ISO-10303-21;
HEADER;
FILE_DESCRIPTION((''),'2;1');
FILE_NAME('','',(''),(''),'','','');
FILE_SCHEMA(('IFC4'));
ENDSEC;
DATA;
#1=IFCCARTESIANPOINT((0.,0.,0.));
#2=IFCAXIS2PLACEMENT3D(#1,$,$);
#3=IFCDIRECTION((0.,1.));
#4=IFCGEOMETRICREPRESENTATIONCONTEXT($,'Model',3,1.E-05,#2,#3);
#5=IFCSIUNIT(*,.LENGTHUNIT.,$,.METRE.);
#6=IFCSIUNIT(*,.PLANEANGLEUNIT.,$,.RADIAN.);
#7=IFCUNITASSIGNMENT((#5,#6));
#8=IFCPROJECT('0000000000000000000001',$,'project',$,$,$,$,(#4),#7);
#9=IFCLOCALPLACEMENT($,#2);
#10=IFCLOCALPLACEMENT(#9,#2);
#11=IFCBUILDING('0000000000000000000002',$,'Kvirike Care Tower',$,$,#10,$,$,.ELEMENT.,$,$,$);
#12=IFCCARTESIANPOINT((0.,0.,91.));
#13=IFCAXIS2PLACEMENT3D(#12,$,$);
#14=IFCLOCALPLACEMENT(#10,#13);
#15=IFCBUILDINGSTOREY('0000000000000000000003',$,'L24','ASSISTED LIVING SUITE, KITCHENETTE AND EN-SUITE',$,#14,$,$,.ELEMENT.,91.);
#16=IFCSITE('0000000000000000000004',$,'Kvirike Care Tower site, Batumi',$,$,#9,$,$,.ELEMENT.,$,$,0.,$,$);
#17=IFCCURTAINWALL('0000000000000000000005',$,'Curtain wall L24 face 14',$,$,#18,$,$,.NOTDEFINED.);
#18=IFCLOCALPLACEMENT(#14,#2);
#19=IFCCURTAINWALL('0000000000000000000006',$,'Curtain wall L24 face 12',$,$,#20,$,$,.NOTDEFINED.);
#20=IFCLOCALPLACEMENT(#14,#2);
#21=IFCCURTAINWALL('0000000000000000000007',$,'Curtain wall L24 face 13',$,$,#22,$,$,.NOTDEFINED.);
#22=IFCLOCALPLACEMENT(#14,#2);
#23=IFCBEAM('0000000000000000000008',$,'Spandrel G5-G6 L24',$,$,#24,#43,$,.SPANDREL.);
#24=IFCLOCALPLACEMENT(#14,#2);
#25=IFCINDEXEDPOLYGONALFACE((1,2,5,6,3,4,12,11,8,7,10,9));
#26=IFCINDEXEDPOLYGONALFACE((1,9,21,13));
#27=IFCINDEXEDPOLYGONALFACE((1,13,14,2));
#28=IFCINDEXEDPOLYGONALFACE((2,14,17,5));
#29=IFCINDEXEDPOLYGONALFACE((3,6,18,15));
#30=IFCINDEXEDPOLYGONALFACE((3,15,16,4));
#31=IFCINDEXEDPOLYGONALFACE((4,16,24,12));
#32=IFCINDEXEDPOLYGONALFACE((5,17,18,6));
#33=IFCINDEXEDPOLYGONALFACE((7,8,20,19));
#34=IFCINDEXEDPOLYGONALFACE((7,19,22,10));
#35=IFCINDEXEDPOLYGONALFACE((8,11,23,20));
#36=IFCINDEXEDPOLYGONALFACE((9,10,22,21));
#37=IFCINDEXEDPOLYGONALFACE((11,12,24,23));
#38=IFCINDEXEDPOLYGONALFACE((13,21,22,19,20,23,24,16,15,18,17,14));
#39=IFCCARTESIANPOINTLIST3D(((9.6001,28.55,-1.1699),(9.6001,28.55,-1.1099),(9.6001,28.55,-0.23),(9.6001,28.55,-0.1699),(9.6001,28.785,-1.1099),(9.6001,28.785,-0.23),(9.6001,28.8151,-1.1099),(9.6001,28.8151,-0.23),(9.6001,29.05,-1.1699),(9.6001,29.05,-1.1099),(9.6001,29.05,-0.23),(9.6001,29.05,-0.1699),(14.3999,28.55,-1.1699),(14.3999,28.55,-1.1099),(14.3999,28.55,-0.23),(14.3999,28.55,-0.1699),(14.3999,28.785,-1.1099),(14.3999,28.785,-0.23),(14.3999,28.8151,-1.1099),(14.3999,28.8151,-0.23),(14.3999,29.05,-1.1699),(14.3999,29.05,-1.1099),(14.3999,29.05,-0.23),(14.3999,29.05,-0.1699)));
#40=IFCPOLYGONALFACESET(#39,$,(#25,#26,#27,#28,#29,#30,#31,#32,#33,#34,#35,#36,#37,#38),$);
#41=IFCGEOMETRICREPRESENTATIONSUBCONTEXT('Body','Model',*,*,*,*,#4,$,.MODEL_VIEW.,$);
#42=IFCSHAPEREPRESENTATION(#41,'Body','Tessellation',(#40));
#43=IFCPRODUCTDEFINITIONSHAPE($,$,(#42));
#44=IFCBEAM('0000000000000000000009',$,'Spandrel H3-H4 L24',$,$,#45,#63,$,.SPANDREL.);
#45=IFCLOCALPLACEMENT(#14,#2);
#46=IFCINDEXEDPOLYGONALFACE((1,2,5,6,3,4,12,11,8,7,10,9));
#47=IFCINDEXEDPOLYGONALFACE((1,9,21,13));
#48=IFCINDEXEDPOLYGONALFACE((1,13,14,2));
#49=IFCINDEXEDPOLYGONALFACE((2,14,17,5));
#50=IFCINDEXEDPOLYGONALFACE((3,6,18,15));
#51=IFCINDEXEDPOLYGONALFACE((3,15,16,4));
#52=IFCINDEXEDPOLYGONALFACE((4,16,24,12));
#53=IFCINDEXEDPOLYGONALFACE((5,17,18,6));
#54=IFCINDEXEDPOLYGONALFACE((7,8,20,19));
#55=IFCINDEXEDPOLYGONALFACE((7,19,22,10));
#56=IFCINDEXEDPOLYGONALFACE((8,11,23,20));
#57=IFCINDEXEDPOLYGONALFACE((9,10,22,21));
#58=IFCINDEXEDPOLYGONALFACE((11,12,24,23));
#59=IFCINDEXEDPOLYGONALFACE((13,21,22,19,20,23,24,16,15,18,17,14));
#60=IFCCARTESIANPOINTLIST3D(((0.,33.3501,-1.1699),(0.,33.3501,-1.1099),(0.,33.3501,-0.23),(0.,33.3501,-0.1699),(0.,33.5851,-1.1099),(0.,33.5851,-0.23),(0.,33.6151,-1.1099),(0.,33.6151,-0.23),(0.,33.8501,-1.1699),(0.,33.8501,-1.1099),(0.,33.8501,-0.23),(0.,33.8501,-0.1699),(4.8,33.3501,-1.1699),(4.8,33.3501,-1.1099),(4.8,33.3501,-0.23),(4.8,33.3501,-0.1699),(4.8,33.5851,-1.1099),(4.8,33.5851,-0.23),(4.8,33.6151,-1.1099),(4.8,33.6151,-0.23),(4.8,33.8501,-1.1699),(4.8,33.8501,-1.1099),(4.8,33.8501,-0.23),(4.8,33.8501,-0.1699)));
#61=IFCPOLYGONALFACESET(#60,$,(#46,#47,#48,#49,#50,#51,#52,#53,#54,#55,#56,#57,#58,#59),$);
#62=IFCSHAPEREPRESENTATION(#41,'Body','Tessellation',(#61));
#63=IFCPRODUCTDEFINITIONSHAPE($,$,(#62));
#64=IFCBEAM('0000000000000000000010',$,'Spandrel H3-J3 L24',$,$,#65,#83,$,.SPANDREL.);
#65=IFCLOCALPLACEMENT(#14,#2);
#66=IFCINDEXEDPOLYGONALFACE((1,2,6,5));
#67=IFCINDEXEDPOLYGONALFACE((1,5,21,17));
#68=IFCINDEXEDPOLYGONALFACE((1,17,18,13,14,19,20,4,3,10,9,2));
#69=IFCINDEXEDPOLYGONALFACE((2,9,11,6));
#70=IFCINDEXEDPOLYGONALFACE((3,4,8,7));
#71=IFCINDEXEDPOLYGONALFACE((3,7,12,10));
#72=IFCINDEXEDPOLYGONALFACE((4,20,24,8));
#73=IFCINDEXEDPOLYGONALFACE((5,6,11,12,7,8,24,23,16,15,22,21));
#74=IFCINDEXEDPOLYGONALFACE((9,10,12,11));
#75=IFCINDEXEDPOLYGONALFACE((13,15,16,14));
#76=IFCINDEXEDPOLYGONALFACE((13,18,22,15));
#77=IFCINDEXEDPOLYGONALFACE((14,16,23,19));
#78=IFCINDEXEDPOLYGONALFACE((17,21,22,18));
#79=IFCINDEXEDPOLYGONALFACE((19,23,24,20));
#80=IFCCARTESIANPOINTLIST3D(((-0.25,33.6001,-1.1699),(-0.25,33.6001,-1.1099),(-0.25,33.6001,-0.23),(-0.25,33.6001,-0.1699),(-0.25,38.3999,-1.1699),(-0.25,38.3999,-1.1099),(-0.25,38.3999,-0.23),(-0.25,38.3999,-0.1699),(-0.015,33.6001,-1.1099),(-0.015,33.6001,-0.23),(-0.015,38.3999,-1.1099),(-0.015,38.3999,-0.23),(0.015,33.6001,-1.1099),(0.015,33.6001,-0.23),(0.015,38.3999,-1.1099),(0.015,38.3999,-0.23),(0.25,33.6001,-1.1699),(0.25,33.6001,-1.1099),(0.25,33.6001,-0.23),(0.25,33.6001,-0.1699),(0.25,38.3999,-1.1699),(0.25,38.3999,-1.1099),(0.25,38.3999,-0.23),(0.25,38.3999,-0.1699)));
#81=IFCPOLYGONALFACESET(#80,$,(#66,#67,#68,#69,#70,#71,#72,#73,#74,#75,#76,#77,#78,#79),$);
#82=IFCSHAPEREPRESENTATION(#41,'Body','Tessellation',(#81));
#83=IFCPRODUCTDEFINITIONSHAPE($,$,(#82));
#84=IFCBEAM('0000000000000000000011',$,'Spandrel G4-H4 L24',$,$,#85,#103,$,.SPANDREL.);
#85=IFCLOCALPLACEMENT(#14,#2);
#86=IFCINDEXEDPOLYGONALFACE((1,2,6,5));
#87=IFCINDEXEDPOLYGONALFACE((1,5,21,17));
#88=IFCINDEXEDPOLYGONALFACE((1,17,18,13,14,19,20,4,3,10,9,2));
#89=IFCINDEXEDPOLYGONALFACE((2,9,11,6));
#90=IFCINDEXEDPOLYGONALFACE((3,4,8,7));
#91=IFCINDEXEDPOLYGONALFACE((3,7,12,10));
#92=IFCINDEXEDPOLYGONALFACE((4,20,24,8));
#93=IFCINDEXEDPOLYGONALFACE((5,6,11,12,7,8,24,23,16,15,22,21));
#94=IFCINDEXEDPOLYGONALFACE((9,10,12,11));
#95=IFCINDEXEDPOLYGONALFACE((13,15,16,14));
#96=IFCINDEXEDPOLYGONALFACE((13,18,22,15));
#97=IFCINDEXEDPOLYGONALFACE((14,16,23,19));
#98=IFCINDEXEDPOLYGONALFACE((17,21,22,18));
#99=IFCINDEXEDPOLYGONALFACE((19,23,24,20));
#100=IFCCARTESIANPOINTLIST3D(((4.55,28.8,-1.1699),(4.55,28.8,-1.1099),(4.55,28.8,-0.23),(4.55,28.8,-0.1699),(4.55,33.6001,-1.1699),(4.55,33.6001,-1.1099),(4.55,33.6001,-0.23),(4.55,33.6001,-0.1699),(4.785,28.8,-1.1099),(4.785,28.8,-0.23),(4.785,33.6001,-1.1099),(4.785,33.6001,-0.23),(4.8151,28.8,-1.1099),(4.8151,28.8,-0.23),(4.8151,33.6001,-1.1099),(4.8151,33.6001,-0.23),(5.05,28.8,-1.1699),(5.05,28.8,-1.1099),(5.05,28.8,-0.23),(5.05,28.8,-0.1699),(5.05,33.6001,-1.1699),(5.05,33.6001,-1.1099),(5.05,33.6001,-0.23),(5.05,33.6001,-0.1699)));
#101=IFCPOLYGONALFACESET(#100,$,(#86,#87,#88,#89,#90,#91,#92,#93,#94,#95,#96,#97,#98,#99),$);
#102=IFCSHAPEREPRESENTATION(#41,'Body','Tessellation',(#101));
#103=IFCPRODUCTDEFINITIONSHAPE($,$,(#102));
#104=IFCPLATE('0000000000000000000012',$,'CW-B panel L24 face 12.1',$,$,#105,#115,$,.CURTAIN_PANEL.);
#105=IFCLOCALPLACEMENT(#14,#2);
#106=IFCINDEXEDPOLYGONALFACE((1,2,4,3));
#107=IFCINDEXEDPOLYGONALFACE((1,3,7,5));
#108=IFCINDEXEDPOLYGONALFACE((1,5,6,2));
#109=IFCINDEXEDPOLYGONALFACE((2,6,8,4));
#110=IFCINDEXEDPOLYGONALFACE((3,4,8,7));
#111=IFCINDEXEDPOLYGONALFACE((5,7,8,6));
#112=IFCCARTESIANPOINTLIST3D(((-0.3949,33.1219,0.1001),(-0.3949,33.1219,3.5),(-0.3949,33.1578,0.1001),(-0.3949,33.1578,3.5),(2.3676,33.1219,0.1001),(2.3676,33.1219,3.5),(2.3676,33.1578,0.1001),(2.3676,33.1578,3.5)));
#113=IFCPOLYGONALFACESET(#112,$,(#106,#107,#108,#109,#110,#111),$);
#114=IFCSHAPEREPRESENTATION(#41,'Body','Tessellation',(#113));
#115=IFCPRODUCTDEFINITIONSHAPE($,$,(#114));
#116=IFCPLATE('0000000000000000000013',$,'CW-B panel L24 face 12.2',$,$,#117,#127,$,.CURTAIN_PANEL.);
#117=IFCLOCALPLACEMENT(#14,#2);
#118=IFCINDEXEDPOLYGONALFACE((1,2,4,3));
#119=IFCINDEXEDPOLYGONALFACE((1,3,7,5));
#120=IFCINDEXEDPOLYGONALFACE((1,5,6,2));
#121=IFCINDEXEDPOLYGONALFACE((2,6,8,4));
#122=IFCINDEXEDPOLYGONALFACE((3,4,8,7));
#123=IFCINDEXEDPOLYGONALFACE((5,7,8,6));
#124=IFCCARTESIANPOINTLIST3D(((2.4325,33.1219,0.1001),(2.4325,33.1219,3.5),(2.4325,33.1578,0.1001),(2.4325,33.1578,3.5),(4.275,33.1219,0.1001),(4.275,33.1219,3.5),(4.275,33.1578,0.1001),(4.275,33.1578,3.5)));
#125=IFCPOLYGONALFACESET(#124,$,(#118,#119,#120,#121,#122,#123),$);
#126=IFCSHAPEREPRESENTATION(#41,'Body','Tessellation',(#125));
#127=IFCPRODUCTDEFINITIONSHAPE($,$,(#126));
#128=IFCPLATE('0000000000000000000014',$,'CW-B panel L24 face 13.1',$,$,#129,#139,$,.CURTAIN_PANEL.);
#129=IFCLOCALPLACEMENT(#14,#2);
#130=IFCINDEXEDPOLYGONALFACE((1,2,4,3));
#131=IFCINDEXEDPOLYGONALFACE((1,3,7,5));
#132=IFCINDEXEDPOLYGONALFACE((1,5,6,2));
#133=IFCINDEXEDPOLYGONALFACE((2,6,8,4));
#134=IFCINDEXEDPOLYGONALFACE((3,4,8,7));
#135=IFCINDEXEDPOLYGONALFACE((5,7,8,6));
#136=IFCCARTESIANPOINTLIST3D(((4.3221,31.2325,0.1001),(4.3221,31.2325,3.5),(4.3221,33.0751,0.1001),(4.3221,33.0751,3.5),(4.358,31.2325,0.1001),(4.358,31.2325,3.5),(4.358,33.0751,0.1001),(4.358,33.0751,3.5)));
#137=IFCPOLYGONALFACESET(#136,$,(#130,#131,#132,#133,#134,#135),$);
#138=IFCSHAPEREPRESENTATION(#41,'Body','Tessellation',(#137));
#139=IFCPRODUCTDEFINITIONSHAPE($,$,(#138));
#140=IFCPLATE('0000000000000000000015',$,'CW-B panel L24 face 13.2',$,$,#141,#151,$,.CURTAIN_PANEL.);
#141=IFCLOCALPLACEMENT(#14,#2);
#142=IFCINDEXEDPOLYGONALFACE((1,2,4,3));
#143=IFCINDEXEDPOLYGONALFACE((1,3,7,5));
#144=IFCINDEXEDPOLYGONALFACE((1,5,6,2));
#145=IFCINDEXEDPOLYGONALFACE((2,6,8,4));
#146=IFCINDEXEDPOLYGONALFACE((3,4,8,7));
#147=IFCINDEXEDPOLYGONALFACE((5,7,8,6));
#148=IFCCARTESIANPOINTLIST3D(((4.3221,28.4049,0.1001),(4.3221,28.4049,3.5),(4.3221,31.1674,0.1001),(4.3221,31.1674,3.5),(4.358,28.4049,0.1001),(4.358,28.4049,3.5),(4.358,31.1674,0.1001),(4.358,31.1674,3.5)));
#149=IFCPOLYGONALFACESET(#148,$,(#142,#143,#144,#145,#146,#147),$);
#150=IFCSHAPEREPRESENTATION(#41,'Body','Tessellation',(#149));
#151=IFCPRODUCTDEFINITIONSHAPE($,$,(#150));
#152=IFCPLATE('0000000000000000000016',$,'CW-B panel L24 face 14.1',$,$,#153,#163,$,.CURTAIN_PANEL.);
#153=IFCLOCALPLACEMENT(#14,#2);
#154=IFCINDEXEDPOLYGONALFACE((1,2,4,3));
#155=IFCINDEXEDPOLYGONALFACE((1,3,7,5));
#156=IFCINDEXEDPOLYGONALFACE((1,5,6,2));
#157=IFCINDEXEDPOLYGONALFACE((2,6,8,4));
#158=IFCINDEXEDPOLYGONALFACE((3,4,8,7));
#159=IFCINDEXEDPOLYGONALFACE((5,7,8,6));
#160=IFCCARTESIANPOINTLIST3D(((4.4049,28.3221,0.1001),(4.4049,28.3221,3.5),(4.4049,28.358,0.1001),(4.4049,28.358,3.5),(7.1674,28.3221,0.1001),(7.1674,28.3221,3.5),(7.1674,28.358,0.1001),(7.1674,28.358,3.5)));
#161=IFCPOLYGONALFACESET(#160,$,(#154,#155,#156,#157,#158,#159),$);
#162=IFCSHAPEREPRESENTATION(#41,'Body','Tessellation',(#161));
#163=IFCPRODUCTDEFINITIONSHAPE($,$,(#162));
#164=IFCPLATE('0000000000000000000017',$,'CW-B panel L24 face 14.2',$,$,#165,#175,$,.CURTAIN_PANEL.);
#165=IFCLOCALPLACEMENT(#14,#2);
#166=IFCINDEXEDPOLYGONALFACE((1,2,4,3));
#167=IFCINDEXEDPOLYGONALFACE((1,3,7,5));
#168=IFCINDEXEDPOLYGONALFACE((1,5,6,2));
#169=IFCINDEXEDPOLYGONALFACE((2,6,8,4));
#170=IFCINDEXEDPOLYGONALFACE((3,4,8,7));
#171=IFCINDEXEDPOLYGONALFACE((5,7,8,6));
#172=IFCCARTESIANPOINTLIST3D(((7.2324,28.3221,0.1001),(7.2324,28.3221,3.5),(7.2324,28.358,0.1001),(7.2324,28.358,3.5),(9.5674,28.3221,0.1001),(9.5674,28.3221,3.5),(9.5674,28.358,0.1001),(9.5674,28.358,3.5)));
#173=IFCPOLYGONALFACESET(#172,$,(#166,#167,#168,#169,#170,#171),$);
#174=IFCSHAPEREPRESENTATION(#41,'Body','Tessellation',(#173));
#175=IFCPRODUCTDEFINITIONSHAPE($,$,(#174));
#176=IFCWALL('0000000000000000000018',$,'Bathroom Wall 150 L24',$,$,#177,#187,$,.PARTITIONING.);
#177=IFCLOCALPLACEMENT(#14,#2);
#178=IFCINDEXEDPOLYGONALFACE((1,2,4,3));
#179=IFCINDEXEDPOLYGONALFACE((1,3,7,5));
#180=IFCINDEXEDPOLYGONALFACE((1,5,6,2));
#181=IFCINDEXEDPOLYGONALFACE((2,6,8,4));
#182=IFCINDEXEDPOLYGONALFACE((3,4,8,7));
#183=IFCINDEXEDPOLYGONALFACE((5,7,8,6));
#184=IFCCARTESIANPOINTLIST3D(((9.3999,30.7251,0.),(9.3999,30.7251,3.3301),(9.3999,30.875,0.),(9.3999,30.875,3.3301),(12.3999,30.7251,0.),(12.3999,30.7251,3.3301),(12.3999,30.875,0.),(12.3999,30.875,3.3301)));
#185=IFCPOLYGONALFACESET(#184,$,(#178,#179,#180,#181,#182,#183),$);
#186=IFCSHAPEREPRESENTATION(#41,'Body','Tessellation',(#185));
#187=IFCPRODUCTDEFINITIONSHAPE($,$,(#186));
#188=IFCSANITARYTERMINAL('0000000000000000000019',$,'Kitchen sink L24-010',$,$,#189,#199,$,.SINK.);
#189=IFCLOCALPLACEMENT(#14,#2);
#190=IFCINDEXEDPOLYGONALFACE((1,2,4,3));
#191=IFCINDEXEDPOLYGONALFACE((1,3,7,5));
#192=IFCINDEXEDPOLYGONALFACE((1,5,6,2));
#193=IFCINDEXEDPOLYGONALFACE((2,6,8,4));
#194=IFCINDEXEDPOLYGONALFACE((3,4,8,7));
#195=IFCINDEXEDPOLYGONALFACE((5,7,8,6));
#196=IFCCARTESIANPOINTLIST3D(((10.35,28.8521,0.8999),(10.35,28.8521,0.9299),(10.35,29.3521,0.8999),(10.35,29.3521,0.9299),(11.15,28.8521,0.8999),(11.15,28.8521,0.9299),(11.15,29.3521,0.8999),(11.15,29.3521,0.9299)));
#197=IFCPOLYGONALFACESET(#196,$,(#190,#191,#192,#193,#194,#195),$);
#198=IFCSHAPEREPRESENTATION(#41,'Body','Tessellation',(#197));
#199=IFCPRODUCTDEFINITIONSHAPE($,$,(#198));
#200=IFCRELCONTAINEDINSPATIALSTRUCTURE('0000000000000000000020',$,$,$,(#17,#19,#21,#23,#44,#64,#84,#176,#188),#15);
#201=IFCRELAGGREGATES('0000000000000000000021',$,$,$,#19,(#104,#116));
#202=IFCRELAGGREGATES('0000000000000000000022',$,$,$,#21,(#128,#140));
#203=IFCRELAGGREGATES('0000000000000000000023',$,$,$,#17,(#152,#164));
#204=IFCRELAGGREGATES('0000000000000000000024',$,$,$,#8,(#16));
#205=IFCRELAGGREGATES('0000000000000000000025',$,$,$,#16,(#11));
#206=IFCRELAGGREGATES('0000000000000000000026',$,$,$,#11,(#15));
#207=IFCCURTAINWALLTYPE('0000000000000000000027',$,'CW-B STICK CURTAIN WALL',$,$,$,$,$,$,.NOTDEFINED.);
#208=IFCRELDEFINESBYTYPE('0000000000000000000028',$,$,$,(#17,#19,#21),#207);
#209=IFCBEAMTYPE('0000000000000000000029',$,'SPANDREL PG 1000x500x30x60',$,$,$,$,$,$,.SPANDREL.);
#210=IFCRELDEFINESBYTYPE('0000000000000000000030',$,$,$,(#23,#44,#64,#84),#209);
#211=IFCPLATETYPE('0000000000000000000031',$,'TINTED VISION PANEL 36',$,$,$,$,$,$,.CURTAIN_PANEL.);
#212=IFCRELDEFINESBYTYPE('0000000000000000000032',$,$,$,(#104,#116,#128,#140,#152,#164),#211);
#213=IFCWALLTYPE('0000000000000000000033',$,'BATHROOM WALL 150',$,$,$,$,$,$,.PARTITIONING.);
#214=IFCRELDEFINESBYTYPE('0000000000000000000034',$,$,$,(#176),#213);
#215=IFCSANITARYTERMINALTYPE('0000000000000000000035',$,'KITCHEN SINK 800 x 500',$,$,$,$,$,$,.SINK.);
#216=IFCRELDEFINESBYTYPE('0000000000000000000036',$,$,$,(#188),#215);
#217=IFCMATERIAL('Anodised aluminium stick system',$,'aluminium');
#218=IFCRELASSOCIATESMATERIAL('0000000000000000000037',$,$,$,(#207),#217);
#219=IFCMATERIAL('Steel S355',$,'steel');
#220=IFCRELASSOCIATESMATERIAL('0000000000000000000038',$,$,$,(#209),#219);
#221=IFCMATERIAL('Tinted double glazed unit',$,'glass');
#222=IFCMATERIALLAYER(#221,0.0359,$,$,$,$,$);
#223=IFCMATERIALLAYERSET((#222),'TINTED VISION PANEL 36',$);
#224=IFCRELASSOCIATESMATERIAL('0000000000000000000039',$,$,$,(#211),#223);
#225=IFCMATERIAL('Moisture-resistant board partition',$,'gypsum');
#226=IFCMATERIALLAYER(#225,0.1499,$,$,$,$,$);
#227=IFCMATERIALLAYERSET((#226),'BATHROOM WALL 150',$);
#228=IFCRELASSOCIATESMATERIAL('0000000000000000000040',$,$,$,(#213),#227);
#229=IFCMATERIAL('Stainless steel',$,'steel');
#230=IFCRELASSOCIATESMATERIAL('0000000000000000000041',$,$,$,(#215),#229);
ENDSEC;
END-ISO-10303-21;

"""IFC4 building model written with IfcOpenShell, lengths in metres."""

from ifc_helpers import new_model, si_unit, direction, frame, frame_2d, origin, origin_2d, place, context, subcontext, project, spatial, rectangle, i_section, extrude, material, layer, layer_set, material_profile, profile_set, type_object, element, aggregate, save


model = new_model("IFC4")

# Units and contexts
model_context = context("Model", 3, precision=1e-05, world=origin(), true_north=direction((0.0, 1.0)))
body_context = subcontext(model_context, "Body", "Model", "MODEL_VIEW")
ifc_project = project(units=[si_unit("LENGTHUNIT", "METRE"), si_unit("PLANEANGLEUNIT", "RADIAN")], contexts=[model_context])

# Site, building, storey
site_placement = place(None, origin())
site = spatial("IfcSite", under=ifc_project, at=site_placement, Name="Kvirike Care Tower site, Batumi", CompositionType="ELEMENT", RefElevation=0.0)
building_placement = place(site_placement, origin())
building = spatial("IfcBuilding", under=site, at=building_placement, Name="Kvirike Care Tower", CompositionType="ELEMENT")
storey_placement = place(building_placement, frame((0.0, 0.0, 91.0)))
storey = spatial("IfcBuildingStorey", under=building, at=storey_placement, Name="L24", Description="ASSISTED LIVING SUITE, KITCHENETTE AND EN-SUITE", CompositionType="ELEMENT", Elevation=91.0)

# Curtain wall
ifc_material_1 = material(Name="Anodised aluminium stick system", Category="aluminium")
curtain_wall_type = type_object("IfcCurtainWallType", Name="CW-B STICK CURTAIN WALL", PredefinedType="NOTDEFINED", material=ifc_material_1)
curtain_wall_1_placement = place(storey_placement, origin())
curtain_wall_1 = element("IfcCurtainWall", 1, at=curtain_wall_1_placement, inside=storey, type_object=curtain_wall_type, Name="Curtain wall L24 face 14", PredefinedType="NOTDEFINED")

# Curtain walls
curtain_wall_2_placement = place(storey_placement, origin())
curtain_wall_2 = element("IfcCurtainWall", 2, at=curtain_wall_2_placement, inside=storey, type_object=curtain_wall_type, Name="Curtain wall L24 face 12", PredefinedType="NOTDEFINED")
curtain_wall_3_placement = place(storey_placement, origin())
curtain_wall_3 = element("IfcCurtainWall", 3, at=curtain_wall_3_placement, inside=storey, type_object=curtain_wall_type, Name="Curtain wall L24 face 13", PredefinedType="NOTDEFINED")

# Beams
ifc_material_2 = material(Name="Steel S355", Category="steel")
ifc_material_profile_1 = material_profile(ifc_material_2, i_section(OverallWidth=0.5, OverallDepth=1.0, WebThickness=0.03, FlangeThickness=0.0601, at=origin_2d()), Name="PG 1000x500x30x60")
ifc_profile_set_1 = profile_set([ifc_material_profile_1], Name="Steel S355")
beam_type_1 = type_object("IfcBeamType", Name="SPANDREL PG 1000x500x30x60", PredefinedType="SPANDREL", material=ifc_profile_set_1)
beam_1_placement = place(storey_placement, frame((9.6001, 28.8, -0.6699), z_axis=(1.0, 0.0, 0.0), x_axis=(0.0, 1.0, 0.0)))
element("IfcBeam", 4, at=beam_1_placement, inside=storey, type_object=beam_type_1, Name="Spandrel G5-G6 L24", PredefinedType="SPANDREL", context=body_context, shape_type="SweptSolid", body=[
    extrude(i_section(OverallWidth=0.5, OverallDepth=1.0, WebThickness=0.03, FlangeThickness=0.0601, at=origin_2d()), origin(), (0.0, 0.0, 1.0), 4.7998),
])
beam_2_placement = place(storey_placement, frame((0.0, 33.6001, -0.6699), z_axis=(1.0, 0.0, 0.0), x_axis=(0.0, 1.0, 0.0)))
element("IfcBeam", 5, at=beam_2_placement, inside=storey, type_object=beam_type_1, Name="Spandrel H3-H4 L24", PredefinedType="SPANDREL", context=body_context, shape_type="SweptSolid", body=[
    extrude(i_section(OverallWidth=0.5, OverallDepth=1.0, WebThickness=0.03, FlangeThickness=0.0601, at=origin_2d()), origin(), (0.0, 0.0, 1.0), 4.8),
])
beam_3_placement = place(storey_placement, frame((0.0, 33.6001, -0.6699), z_axis=(0.0, 1.0, 0.0), x_axis=(-1.0, 0.0, 0.0)))
element("IfcBeam", 6, at=beam_3_placement, inside=storey, type_object=beam_type_1, Name="Spandrel H3-J3 L24", PredefinedType="SPANDREL", context=body_context, shape_type="SweptSolid", body=[
    extrude(i_section(OverallWidth=0.5, OverallDepth=1.0, WebThickness=0.03, FlangeThickness=0.0601, at=origin_2d()), origin(), (0.0, 0.0, 1.0), 4.7998),
])
beam_4_placement = place(storey_placement, frame((4.8, 28.8, -0.6699), z_axis=(0.0, 1.0, 0.0), x_axis=(-1.0, 0.0, 0.0)))
element("IfcBeam", 7, at=beam_4_placement, inside=storey, type_object=beam_type_1, Name="Spandrel G4-H4 L24", PredefinedType="SPANDREL", context=body_context, shape_type="SweptSolid", body=[
    extrude(i_section(OverallWidth=0.5, OverallDepth=1.0, WebThickness=0.03, FlangeThickness=0.0601, at=origin_2d()), origin(), (0.0, 0.0, 1.0), 4.8),
])

# Plates
ifc_material_3 = material(Name="Tinted double glazed unit", Category="glass")
ifc_layer_1 = layer(ifc_material_3, 0.0359)
ifc_layer_set_1 = layer_set([ifc_layer_1], Name="TINTED VISION PANEL 36")
plate_type = type_object("IfcPlateType", Name="TINTED VISION PANEL 36", PredefinedType="CURTAIN_PANEL", material=ifc_layer_set_1)
plate_1_placement = place(storey_placement, frame((0.9863, 33.1399, 0.1001), z_axis=(0.0, 0.0, 1.0), x_axis=(1.0, 0.0, 0.0)))
plate_1 = element("IfcPlate", 8, at=plate_1_placement, type_object=plate_type, Name="CW-B panel L24 face 12.1", PredefinedType="CURTAIN_PANEL", context=body_context, shape_type="SweptSolid", body=[
    extrude(rectangle(XDim=2.7625, YDim=0.0359, at=origin_2d()), origin(), (0.0, 0.0, 1.0), 3.3999),
])
plate_2_placement = place(storey_placement, frame((3.3538, 33.1399, 0.1001), z_axis=(0.0, 0.0, 1.0), x_axis=(1.0, 0.0, 0.0)))
plate_2 = element("IfcPlate", 9, at=plate_2_placement, type_object=plate_type, Name="CW-B panel L24 face 12.2", PredefinedType="CURTAIN_PANEL", context=body_context, shape_type="SweptSolid", body=[
    extrude(rectangle(XDim=1.8425, YDim=0.0359, at=origin_2d()), origin(), (0.0, 0.0, 1.0), 3.3999),
])
aggregate(curtain_wall_2, [plate_1, plate_2])
plate_3_placement = place(storey_placement, frame((4.3401, 32.1538, 0.1001), z_axis=(0.0, 0.0, 1.0), x_axis=(0.0, -1.0, 0.0)))
plate_3 = element("IfcPlate", 10, at=plate_3_placement, type_object=plate_type, Name="CW-B panel L24 face 13.1", PredefinedType="CURTAIN_PANEL", context=body_context, shape_type="SweptSolid", body=[
    extrude(rectangle(XDim=1.8425, YDim=0.0359, at=origin_2d()), origin(), (0.0, 0.0, 1.0), 3.3999),
])
plate_4_placement = place(storey_placement, frame((4.3401, 29.7861, 0.1001), z_axis=(0.0, 0.0, 1.0), x_axis=(0.0, -1.0, 0.0)))
plate_4 = element("IfcPlate", 11, at=plate_4_placement, type_object=plate_type, Name="CW-B panel L24 face 13.2", PredefinedType="CURTAIN_PANEL", context=body_context, shape_type="SweptSolid", body=[
    extrude(rectangle(XDim=2.7625, YDim=0.0359, at=origin_2d()), origin(), (0.0, 0.0, 1.0), 3.3999),
])
aggregate(curtain_wall_3, [plate_3, plate_4])
plate_5_placement = place(storey_placement, frame((5.7861, 28.3401, 0.1001), z_axis=(0.0, 0.0, 1.0), x_axis=(1.0, 0.0, 0.0)))
plate_5 = element("IfcPlate", 12, at=plate_5_placement, type_object=plate_type, Name="CW-B panel L24 face 14.1", PredefinedType="CURTAIN_PANEL", context=body_context, shape_type="SweptSolid", body=[
    extrude(rectangle(XDim=2.7625, YDim=0.0359, at=origin_2d()), origin(), (0.0, 0.0, 1.0), 3.3999),
])
plate_6_placement = place(storey_placement, frame((8.3999, 28.3401, 0.1001), z_axis=(0.0, 0.0, 1.0), x_axis=(1.0, 0.0, 0.0)))
plate_6 = element("IfcPlate", 13, at=plate_6_placement, type_object=plate_type, Name="CW-B panel L24 face 14.2", PredefinedType="CURTAIN_PANEL", context=body_context, shape_type="SweptSolid", body=[
    extrude(rectangle(XDim=2.335, YDim=0.0359, at=origin_2d()), origin(), (0.0, 0.0, 1.0), 3.3999),
])
aggregate(curtain_wall_1, [plate_5, plate_6])

# Wall
ifc_material_4 = material(Name="Moisture-resistant board partition", Category="gypsum")
ifc_layer_2 = layer(ifc_material_4, 0.1499)
ifc_layer_set_2 = layer_set([ifc_layer_2], Name="BATHROOM WALL 150")
wall_type = type_object("IfcWallType", Name="BATHROOM WALL 150", PredefinedType="PARTITIONING", material=ifc_layer_set_2)
wall_placement = place(storey_placement, frame((9.3999, 30.8, 0.0), z_axis=(0.0, 0.0, 1.0), x_axis=(1.0, 0.0, 0.0)))
element("IfcWall", 14, at=wall_placement, inside=storey, type_object=wall_type, Name="Bathroom Wall 150 L24", PredefinedType="PARTITIONING", context=body_context, shape_type="SweptSolid", body=[
    extrude(rectangle(XDim=3.0, YDim=0.1499, at=frame_2d((1.5, 0.0))), origin(), (0.0, 0.0, 1.0), 3.3301),
])

# Sanitary terminal
ifc_material_5 = material(Name="Stainless steel", Category="steel")
sanitary_terminal_type_1 = type_object("IfcSanitaryTerminalType", Name="KITCHEN SINK 800 x 500", PredefinedType="SINK", material=ifc_material_5)
sanitary_terminal_1_placement = place(storey_placement, frame((10.75, 29.1021, 0.8999), z_axis=(0.0, 0.0, 1.0), x_axis=(-1.0, 0.0, 0.0)))
element("IfcSanitaryTerminal", 15, at=sanitary_terminal_1_placement, inside=storey, type_object=sanitary_terminal_type_1, Name="Kitchen sink L24-010", PredefinedType="SINK", context=body_context, shape_type="SweptSolid", body=[
    extrude(rectangle(XDim=0.8, YDim=0.5, at=origin_2d()), origin(), (0.0, 0.0, 1.0), 0.03),
])

save(model, "model.ifc")
